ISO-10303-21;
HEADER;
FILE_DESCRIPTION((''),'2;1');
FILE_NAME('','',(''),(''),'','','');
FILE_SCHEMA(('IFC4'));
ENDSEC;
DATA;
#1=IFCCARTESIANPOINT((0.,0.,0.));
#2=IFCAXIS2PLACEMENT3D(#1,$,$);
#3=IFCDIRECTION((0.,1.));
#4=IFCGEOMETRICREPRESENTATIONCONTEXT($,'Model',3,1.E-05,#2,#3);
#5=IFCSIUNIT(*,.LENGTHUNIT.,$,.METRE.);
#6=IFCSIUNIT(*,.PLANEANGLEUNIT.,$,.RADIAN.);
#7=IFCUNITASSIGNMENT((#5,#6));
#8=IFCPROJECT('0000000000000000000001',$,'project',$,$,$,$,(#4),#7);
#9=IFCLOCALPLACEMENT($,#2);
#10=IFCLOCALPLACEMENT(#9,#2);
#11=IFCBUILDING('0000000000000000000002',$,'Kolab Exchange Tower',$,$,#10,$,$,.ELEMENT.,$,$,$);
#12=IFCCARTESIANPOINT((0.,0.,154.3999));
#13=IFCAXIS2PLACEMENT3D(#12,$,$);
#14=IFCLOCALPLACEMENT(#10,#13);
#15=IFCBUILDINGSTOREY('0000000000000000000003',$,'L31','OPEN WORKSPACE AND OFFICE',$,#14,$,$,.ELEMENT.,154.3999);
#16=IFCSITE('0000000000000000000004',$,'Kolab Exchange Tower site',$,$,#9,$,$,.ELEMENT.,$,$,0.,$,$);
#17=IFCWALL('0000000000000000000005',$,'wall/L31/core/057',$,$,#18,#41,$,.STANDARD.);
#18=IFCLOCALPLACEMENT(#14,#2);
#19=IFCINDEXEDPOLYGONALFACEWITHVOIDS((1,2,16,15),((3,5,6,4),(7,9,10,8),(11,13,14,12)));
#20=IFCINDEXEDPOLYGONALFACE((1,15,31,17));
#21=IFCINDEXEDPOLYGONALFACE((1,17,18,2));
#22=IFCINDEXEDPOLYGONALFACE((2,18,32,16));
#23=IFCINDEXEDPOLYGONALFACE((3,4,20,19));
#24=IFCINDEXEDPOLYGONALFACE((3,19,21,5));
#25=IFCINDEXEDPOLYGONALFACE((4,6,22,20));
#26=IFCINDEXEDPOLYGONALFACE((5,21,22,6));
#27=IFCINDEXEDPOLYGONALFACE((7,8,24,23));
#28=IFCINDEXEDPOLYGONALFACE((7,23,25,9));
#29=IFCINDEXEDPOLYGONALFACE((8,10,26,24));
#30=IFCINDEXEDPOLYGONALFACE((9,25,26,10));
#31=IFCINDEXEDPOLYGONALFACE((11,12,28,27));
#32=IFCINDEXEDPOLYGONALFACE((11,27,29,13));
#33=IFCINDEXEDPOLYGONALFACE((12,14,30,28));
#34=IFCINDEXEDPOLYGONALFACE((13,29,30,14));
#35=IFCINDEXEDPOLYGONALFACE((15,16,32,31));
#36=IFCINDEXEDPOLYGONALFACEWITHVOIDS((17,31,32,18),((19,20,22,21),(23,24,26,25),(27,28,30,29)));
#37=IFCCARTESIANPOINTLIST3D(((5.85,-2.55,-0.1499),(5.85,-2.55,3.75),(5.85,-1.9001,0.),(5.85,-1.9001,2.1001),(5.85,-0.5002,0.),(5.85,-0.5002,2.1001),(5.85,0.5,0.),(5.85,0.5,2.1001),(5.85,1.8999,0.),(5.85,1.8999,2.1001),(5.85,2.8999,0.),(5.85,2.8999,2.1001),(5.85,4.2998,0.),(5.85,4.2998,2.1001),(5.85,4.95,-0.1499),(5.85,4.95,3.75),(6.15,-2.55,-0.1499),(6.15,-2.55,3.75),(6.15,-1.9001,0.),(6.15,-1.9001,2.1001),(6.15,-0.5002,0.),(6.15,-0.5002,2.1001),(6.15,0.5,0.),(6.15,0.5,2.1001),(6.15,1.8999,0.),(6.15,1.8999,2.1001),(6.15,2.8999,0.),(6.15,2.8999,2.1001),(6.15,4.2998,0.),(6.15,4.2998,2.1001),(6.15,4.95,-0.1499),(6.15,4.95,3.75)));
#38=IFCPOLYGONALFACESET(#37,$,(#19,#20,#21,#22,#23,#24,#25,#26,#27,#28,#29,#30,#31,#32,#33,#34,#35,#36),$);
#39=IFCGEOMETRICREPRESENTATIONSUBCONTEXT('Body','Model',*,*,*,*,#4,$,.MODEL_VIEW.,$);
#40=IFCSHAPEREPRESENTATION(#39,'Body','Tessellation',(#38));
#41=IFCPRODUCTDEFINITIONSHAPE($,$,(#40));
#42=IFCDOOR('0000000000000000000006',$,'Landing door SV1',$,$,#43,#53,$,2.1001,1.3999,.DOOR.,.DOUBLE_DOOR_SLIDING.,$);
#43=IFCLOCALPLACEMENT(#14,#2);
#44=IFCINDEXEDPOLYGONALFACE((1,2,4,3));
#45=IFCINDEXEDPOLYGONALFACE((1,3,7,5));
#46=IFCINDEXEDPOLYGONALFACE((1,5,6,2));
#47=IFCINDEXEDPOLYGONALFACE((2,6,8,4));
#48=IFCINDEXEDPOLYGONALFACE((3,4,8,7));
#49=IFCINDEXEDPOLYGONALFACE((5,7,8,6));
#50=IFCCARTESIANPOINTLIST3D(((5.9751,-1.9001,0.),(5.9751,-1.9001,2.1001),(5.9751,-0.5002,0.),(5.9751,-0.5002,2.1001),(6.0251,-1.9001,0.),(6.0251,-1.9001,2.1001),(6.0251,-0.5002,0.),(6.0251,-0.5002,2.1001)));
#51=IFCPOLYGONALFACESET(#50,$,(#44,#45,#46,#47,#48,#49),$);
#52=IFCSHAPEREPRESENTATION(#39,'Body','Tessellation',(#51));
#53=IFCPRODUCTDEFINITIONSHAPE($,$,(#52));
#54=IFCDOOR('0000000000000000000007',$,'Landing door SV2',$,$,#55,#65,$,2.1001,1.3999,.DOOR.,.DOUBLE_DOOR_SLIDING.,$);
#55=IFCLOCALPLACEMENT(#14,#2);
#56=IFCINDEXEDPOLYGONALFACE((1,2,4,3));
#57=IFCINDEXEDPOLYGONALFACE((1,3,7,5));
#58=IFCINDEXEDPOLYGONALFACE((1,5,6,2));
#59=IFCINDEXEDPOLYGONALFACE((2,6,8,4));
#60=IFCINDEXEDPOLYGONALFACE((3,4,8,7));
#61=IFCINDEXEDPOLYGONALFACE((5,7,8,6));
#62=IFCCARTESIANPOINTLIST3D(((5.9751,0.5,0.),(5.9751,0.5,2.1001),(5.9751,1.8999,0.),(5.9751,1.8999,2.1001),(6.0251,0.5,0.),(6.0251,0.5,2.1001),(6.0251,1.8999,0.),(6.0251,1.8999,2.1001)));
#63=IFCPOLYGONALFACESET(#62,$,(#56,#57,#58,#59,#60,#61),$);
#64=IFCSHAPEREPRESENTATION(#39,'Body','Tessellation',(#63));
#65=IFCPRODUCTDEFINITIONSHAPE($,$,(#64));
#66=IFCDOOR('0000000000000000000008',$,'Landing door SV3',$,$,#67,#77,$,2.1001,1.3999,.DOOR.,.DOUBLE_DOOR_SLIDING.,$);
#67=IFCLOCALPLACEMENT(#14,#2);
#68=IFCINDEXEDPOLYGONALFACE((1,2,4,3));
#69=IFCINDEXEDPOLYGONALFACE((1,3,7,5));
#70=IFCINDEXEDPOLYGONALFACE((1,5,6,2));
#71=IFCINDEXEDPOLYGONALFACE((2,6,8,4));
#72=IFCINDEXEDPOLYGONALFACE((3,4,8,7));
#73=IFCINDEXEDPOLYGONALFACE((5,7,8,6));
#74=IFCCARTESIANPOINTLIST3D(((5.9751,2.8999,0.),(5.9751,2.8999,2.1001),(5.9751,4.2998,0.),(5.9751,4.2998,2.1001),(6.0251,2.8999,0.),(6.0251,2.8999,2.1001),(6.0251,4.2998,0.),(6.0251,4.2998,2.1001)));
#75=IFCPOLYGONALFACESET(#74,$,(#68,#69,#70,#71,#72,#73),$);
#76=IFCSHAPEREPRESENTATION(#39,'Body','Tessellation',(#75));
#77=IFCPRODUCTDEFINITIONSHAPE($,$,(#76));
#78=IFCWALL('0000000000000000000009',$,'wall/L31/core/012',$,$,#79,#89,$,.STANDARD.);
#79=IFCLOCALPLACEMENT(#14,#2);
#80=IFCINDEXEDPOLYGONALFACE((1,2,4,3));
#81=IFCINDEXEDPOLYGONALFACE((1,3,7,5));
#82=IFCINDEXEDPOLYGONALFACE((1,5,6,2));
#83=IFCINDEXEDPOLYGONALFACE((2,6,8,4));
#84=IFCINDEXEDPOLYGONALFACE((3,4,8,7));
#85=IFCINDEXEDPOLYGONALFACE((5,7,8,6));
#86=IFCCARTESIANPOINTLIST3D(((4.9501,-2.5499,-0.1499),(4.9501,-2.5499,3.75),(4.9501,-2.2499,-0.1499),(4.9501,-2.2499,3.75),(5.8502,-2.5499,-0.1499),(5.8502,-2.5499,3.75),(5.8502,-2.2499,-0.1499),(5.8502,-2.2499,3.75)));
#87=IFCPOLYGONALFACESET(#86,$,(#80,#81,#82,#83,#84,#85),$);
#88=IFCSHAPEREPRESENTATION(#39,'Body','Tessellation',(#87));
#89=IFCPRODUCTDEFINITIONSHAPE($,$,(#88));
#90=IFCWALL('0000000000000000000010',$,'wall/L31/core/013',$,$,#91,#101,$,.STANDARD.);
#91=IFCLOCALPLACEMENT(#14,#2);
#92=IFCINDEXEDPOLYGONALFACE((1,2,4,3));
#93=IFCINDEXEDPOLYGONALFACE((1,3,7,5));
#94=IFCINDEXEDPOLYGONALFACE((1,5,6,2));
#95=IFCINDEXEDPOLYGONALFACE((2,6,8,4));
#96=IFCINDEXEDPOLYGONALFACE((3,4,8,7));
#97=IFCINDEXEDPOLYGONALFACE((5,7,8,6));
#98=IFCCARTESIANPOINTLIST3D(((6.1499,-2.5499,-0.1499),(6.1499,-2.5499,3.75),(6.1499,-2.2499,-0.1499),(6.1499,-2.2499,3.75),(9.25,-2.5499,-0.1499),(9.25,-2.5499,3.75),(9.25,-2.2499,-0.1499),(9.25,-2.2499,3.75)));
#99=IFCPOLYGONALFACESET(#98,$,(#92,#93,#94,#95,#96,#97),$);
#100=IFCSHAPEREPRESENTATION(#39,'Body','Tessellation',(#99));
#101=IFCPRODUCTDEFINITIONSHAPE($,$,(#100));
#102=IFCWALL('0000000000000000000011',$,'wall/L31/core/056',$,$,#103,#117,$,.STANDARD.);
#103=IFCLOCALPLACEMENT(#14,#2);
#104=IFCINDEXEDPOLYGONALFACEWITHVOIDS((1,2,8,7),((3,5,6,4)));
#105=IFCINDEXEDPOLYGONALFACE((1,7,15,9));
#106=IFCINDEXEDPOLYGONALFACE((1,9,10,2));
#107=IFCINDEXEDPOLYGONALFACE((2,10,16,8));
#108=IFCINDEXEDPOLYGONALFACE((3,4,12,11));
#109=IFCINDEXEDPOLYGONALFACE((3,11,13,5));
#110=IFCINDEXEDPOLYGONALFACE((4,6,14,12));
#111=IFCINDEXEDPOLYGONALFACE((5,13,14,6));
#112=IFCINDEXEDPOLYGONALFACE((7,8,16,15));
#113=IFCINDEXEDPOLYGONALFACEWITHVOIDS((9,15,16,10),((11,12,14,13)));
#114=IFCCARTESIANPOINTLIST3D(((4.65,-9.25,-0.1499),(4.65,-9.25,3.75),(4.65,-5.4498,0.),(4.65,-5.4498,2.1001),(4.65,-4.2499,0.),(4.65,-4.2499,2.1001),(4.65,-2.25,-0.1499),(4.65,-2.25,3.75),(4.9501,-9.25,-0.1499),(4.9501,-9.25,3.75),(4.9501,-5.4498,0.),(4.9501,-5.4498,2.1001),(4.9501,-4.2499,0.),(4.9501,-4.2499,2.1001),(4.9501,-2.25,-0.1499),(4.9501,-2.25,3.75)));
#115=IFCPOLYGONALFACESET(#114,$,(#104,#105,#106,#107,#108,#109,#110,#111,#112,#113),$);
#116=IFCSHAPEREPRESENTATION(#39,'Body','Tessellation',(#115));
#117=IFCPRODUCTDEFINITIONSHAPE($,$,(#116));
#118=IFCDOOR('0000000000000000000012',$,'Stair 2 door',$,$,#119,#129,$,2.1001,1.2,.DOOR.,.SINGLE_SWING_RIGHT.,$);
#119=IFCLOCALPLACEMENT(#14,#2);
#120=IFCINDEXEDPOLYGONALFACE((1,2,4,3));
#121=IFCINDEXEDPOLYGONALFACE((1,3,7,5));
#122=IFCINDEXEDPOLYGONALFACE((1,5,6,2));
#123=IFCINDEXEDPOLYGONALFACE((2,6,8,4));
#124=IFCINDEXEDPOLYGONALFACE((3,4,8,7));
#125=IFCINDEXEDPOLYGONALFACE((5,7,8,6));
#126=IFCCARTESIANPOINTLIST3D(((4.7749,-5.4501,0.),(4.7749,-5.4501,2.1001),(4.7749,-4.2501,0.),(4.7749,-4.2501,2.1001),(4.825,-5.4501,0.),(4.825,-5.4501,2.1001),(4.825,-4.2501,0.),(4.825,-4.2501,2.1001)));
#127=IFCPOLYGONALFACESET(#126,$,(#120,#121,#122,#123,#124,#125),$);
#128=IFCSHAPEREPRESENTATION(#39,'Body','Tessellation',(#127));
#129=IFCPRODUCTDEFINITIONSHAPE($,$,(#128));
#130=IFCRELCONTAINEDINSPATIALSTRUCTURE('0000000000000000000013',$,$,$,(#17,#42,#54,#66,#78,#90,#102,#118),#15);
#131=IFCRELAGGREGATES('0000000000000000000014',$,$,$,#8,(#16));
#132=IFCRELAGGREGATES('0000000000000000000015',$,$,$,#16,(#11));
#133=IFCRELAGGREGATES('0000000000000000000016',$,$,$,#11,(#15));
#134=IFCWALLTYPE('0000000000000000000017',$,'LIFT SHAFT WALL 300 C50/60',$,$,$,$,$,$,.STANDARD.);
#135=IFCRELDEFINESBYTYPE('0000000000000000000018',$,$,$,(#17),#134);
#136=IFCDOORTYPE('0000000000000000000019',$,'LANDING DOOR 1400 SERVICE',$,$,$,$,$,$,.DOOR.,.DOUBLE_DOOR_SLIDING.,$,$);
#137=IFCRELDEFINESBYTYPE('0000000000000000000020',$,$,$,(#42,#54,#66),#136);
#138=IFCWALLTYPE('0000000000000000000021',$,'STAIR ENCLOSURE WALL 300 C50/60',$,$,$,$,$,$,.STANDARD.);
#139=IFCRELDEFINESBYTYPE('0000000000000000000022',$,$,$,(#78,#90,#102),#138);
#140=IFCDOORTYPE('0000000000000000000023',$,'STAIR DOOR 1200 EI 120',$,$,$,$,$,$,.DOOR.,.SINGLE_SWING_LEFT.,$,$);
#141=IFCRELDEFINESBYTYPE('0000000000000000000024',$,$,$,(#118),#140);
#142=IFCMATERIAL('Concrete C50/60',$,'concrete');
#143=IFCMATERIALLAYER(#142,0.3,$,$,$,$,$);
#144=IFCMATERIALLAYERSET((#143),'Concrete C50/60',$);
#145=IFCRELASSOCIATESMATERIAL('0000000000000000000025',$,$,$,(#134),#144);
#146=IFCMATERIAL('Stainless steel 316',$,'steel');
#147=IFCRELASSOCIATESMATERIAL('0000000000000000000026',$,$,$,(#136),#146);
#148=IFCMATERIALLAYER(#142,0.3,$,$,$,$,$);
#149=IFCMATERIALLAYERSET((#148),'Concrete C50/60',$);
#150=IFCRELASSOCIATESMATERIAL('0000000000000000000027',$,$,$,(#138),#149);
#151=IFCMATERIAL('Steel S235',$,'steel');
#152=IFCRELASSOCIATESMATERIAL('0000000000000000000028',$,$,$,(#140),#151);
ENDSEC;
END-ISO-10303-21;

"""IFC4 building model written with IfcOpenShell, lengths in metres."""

from ifc_helpers import new_model, si_unit, direction, frame, frame_2d, origin, place, context, subcontext, project, spatial, rectangle, extrude, material, layer, layer_set, type_object, element, fill, save


model = new_model("IFC4")

# Units and contexts
model_context = context("Model", 3, precision=1e-05, world=origin(), true_north=direction((0.0, 1.0)))
body_context = subcontext(model_context, "Body", "Model", "MODEL_VIEW")
ifc_project = project(units=[si_unit("LENGTHUNIT", "METRE"), si_unit("PLANEANGLEUNIT", "RADIAN")], contexts=[model_context])

# Site, building, storey
site_placement = place(None, origin())
site = spatial("IfcSite", under=ifc_project, at=site_placement, Name="Kolab Exchange Tower site", CompositionType="ELEMENT", RefElevation=0.0)
building_placement = place(site_placement, origin())
building = spatial("IfcBuilding", under=site, at=building_placement, Name="Kolab Exchange Tower", CompositionType="ELEMENT")
storey_placement = place(building_placement, frame((0.0, 0.0, 154.3999)))
storey = spatial("IfcBuildingStorey", under=building, at=storey_placement, Name="L31", Description="OPEN WORKSPACE AND OFFICE", CompositionType="ELEMENT", Elevation=154.3999)

# Shared definitions
ifc_material_1 = material(Name="Concrete C50/60", Category="concrete")
ifc_layer_1 = layer(ifc_material_1, 0.3)
ifc_layer_set_1 = layer_set([ifc_layer_1], Name="Concrete C50/60")
wall_type_1 = type_object("IfcWallType", Name="LIFT SHAFT WALL 300 C50/60", PredefinedType="STANDARD", material=ifc_layer_set_1)
ifc_material_2 = material(Name="Stainless steel 316", Category="steel")

# Wall, openings, doors
wall_1_placement = place(storey_placement, frame((6.0, -2.55, -0.1499), z_axis=(0.0, 0.0, 1.0), x_axis=(0.0, 1.0, 0.0)))
wall_1 = element("IfcWall", 1, at=wall_1_placement, inside=storey, type_object=wall_type_1, Name="wall/L31/core/057", PredefinedType="STANDARD", context=body_context, shape_type="SweptSolid", body=[
    extrude(rectangle(XDim=7.5, YDim=0.3, at=frame_2d((3.75, 0.0))), origin(), (0.0, 0.0, 1.0), 3.8999),
])
opening_1_placement = place(wall_1_placement, frame((0.6499, 0.0, 0.1499)))
opening_1 = element("IfcOpeningElement", 2, at=opening_1_placement, cuts=wall_1, PredefinedType="OPENING", context=body_context, shape_type="SweptSolid", body=[
    extrude(rectangle(XDim=1.3999, YDim=2.1001, at=frame_2d((0.7, 1.05))), frame((0.0, 0.1602, 0.0), z_axis=(0.0, -1.0, 0.0), x_axis=(1.0, 0.0, 0.0)), (0.0, 0.0, 1.0), 0.3201),
])
opening_2_placement = place(wall_1_placement, frame((3.05, 0.0, 0.1499)))
opening_2 = element("IfcOpeningElement", 3, at=opening_2_placement, cuts=wall_1, PredefinedType="OPENING", context=body_context, shape_type="SweptSolid", body=[
    extrude(rectangle(XDim=1.3999, YDim=2.1001, at=frame_2d((0.7, 1.05))), frame((0.0, 0.1602, 0.0), z_axis=(0.0, -1.0, 0.0), x_axis=(1.0, 0.0, 0.0)), (0.0, 0.0, 1.0), 0.3201),
])
opening_3_placement = place(wall_1_placement, frame((5.45, 0.0, 0.1499)))
opening_3 = element("IfcOpeningElement", 4, at=opening_3_placement, cuts=wall_1, PredefinedType="OPENING", context=body_context, shape_type="SweptSolid", body=[
    extrude(rectangle(XDim=1.3999, YDim=2.1001, at=frame_2d((0.7, 1.05))), frame((0.0, 0.1602, 0.0), z_axis=(0.0, -1.0, 0.0), x_axis=(1.0, 0.0, 0.0)), (0.0, 0.0, 1.0), 0.3201),
])
door_type_1 = type_object("IfcDoorType", Name="LANDING DOOR 1400 SERVICE", OperationType="DOUBLE_DOOR_SLIDING", PredefinedType="DOOR", material=ifc_material_2)
door_1_placement = place(opening_1_placement, origin())
door_1 = element("IfcDoor", 5, at=door_1_placement, inside=storey, type_object=door_type_1, Name="Landing door SV1", OperationType="DOUBLE_DOOR_SLIDING", OverallHeight=2.1001, OverallWidth=1.3999, PredefinedType="DOOR", context=body_context, shape_type="SweptSolid", body=[
    extrude(rectangle(XDim=1.3999, YDim=2.1001, at=frame_2d((0.7, 1.05))), frame((0.0, 0.0249, 0.0), z_axis=(0.0, -1.0, 0.0), x_axis=(1.0, 0.0, 0.0)), (0.0, 0.0, 1.0), 0.05),
])
fill(opening_1, door_1)
door_2_placement = place(opening_2_placement, origin())
door_2 = element("IfcDoor", 6, at=door_2_placement, inside=storey, type_object=door_type_1, Name="Landing door SV2", OperationType="DOUBLE_DOOR_SLIDING", OverallHeight=2.1001, OverallWidth=1.3999, PredefinedType="DOOR", context=body_context, shape_type="SweptSolid", body=[
    extrude(rectangle(XDim=1.3999, YDim=2.1001, at=frame_2d((0.7, 1.05))), frame((0.0, 0.0249, 0.0), z_axis=(0.0, -1.0, 0.0), x_axis=(1.0, 0.0, 0.0)), (0.0, 0.0, 1.0), 0.05),
])
fill(opening_2, door_2)
door_3_placement = place(opening_3_placement, origin())
door_3 = element("IfcDoor", 7, at=door_3_placement, inside=storey, type_object=door_type_1, Name="Landing door SV3", OperationType="DOUBLE_DOOR_SLIDING", OverallHeight=2.1001, OverallWidth=1.3999, PredefinedType="DOOR", context=body_context, shape_type="SweptSolid", body=[
    extrude(rectangle(XDim=1.3999, YDim=2.1001, at=frame_2d((0.7, 1.05))), frame((0.0, 0.0249, 0.0), z_axis=(0.0, -1.0, 0.0), x_axis=(1.0, 0.0, 0.0)), (0.0, 0.0, 1.0), 0.05),
])
fill(opening_3, door_3)

# Walls
ifc_layer_2 = layer(ifc_material_1, 0.3)
ifc_layer_set_2 = layer_set([ifc_layer_2], Name="Concrete C50/60")
wall_type_2 = type_object("IfcWallType", Name="STAIR ENCLOSURE WALL 300 C50/60", PredefinedType="STANDARD", material=ifc_layer_set_2)
wall_2_placement = place(storey_placement, frame((4.95, -2.3999, -0.1499), z_axis=(0.0, 0.0, 1.0), x_axis=(1.0, 0.0, 0.0)))
element("IfcWall", 8, at=wall_2_placement, inside=storey, type_object=wall_type_2, Name="wall/L31/core/012", PredefinedType="STANDARD", context=body_context, shape_type="SweptSolid", body=[
    extrude(rectangle(XDim=0.9001, YDim=0.3, at=frame_2d((0.4502, 0.0))), origin(), (0.0, 0.0, 1.0), 3.8999),
])
wall_3_placement = place(storey_placement, frame((6.1499, -2.3999, -0.1499), z_axis=(0.0, 0.0, 1.0), x_axis=(1.0, 0.0, 0.0)))
element("IfcWall", 9, at=wall_3_placement, inside=storey, type_object=wall_type_2, Name="wall/L31/core/013", PredefinedType="STANDARD", context=body_context, shape_type="SweptSolid", body=[
    extrude(rectangle(XDim=3.1001, YDim=0.3, at=frame_2d((1.55, 0.0))), origin(), (0.0, 0.0, 1.0), 3.8999),
])

# Wall, opening, door
wall_4_placement = place(storey_placement, frame((4.8, -9.25, -0.1499), z_axis=(0.0, 0.0, 1.0), x_axis=(0.0, 1.0, 0.0)))
wall_4 = element("IfcWall", 10, at=wall_4_placement, inside=storey, type_object=wall_type_2, Name="wall/L31/core/056", PredefinedType="STANDARD", context=body_context, shape_type="SweptSolid", body=[
    extrude(rectangle(XDim=7.0, YDim=0.3, at=frame_2d((3.5, 0.0))), origin(), (0.0, 0.0, 1.0), 3.8999),
])
opening_4_placement = place(wall_4_placement, frame((3.8, 0.0, 0.1499)))
opening_4 = element("IfcOpeningElement", 11, at=opening_4_placement, cuts=wall_4, PredefinedType="OPENING", context=body_context, shape_type="SweptSolid", body=[
    extrude(rectangle(XDim=1.2, YDim=2.1001, at=frame_2d((0.6001, 1.05))), frame((0.0, 0.1602, 0.0), z_axis=(0.0, -1.0, 0.0), x_axis=(1.0, 0.0, 0.0)), (0.0, 0.0, 1.0), 0.3201),
])
ifc_material_3 = material(Name="Steel S235", Category="steel")
door_type_2 = type_object("IfcDoorType", Name="STAIR DOOR 1200 EI 120", OperationType="SINGLE_SWING_LEFT", PredefinedType="DOOR", material=ifc_material_3)
door_4_placement = place(opening_4_placement, frame((1.2, 0.0, 0.0), z_axis=(0.0, 0.0, 1.0), x_axis=(-1.0, 0.0, 0.0)))
door_4 = element("IfcDoor", 12, at=door_4_placement, inside=storey, type_object=door_type_2, Name="Stair 2 door", OperationType="SINGLE_SWING_RIGHT", OverallHeight=2.1001, OverallWidth=1.2, PredefinedType="DOOR", context=body_context, shape_type="SweptSolid", body=[
    extrude(rectangle(XDim=1.2, YDim=2.1001, at=frame_2d((0.6001, 1.05))), frame((0.0, 0.0249, 0.0), z_axis=(0.0, -1.0, 0.0), x_axis=(1.0, 0.0, 0.0)), (0.0, 0.0, 1.0), 0.05),
])
fill(opening_4, door_4)

save(model, "model.ifc")
